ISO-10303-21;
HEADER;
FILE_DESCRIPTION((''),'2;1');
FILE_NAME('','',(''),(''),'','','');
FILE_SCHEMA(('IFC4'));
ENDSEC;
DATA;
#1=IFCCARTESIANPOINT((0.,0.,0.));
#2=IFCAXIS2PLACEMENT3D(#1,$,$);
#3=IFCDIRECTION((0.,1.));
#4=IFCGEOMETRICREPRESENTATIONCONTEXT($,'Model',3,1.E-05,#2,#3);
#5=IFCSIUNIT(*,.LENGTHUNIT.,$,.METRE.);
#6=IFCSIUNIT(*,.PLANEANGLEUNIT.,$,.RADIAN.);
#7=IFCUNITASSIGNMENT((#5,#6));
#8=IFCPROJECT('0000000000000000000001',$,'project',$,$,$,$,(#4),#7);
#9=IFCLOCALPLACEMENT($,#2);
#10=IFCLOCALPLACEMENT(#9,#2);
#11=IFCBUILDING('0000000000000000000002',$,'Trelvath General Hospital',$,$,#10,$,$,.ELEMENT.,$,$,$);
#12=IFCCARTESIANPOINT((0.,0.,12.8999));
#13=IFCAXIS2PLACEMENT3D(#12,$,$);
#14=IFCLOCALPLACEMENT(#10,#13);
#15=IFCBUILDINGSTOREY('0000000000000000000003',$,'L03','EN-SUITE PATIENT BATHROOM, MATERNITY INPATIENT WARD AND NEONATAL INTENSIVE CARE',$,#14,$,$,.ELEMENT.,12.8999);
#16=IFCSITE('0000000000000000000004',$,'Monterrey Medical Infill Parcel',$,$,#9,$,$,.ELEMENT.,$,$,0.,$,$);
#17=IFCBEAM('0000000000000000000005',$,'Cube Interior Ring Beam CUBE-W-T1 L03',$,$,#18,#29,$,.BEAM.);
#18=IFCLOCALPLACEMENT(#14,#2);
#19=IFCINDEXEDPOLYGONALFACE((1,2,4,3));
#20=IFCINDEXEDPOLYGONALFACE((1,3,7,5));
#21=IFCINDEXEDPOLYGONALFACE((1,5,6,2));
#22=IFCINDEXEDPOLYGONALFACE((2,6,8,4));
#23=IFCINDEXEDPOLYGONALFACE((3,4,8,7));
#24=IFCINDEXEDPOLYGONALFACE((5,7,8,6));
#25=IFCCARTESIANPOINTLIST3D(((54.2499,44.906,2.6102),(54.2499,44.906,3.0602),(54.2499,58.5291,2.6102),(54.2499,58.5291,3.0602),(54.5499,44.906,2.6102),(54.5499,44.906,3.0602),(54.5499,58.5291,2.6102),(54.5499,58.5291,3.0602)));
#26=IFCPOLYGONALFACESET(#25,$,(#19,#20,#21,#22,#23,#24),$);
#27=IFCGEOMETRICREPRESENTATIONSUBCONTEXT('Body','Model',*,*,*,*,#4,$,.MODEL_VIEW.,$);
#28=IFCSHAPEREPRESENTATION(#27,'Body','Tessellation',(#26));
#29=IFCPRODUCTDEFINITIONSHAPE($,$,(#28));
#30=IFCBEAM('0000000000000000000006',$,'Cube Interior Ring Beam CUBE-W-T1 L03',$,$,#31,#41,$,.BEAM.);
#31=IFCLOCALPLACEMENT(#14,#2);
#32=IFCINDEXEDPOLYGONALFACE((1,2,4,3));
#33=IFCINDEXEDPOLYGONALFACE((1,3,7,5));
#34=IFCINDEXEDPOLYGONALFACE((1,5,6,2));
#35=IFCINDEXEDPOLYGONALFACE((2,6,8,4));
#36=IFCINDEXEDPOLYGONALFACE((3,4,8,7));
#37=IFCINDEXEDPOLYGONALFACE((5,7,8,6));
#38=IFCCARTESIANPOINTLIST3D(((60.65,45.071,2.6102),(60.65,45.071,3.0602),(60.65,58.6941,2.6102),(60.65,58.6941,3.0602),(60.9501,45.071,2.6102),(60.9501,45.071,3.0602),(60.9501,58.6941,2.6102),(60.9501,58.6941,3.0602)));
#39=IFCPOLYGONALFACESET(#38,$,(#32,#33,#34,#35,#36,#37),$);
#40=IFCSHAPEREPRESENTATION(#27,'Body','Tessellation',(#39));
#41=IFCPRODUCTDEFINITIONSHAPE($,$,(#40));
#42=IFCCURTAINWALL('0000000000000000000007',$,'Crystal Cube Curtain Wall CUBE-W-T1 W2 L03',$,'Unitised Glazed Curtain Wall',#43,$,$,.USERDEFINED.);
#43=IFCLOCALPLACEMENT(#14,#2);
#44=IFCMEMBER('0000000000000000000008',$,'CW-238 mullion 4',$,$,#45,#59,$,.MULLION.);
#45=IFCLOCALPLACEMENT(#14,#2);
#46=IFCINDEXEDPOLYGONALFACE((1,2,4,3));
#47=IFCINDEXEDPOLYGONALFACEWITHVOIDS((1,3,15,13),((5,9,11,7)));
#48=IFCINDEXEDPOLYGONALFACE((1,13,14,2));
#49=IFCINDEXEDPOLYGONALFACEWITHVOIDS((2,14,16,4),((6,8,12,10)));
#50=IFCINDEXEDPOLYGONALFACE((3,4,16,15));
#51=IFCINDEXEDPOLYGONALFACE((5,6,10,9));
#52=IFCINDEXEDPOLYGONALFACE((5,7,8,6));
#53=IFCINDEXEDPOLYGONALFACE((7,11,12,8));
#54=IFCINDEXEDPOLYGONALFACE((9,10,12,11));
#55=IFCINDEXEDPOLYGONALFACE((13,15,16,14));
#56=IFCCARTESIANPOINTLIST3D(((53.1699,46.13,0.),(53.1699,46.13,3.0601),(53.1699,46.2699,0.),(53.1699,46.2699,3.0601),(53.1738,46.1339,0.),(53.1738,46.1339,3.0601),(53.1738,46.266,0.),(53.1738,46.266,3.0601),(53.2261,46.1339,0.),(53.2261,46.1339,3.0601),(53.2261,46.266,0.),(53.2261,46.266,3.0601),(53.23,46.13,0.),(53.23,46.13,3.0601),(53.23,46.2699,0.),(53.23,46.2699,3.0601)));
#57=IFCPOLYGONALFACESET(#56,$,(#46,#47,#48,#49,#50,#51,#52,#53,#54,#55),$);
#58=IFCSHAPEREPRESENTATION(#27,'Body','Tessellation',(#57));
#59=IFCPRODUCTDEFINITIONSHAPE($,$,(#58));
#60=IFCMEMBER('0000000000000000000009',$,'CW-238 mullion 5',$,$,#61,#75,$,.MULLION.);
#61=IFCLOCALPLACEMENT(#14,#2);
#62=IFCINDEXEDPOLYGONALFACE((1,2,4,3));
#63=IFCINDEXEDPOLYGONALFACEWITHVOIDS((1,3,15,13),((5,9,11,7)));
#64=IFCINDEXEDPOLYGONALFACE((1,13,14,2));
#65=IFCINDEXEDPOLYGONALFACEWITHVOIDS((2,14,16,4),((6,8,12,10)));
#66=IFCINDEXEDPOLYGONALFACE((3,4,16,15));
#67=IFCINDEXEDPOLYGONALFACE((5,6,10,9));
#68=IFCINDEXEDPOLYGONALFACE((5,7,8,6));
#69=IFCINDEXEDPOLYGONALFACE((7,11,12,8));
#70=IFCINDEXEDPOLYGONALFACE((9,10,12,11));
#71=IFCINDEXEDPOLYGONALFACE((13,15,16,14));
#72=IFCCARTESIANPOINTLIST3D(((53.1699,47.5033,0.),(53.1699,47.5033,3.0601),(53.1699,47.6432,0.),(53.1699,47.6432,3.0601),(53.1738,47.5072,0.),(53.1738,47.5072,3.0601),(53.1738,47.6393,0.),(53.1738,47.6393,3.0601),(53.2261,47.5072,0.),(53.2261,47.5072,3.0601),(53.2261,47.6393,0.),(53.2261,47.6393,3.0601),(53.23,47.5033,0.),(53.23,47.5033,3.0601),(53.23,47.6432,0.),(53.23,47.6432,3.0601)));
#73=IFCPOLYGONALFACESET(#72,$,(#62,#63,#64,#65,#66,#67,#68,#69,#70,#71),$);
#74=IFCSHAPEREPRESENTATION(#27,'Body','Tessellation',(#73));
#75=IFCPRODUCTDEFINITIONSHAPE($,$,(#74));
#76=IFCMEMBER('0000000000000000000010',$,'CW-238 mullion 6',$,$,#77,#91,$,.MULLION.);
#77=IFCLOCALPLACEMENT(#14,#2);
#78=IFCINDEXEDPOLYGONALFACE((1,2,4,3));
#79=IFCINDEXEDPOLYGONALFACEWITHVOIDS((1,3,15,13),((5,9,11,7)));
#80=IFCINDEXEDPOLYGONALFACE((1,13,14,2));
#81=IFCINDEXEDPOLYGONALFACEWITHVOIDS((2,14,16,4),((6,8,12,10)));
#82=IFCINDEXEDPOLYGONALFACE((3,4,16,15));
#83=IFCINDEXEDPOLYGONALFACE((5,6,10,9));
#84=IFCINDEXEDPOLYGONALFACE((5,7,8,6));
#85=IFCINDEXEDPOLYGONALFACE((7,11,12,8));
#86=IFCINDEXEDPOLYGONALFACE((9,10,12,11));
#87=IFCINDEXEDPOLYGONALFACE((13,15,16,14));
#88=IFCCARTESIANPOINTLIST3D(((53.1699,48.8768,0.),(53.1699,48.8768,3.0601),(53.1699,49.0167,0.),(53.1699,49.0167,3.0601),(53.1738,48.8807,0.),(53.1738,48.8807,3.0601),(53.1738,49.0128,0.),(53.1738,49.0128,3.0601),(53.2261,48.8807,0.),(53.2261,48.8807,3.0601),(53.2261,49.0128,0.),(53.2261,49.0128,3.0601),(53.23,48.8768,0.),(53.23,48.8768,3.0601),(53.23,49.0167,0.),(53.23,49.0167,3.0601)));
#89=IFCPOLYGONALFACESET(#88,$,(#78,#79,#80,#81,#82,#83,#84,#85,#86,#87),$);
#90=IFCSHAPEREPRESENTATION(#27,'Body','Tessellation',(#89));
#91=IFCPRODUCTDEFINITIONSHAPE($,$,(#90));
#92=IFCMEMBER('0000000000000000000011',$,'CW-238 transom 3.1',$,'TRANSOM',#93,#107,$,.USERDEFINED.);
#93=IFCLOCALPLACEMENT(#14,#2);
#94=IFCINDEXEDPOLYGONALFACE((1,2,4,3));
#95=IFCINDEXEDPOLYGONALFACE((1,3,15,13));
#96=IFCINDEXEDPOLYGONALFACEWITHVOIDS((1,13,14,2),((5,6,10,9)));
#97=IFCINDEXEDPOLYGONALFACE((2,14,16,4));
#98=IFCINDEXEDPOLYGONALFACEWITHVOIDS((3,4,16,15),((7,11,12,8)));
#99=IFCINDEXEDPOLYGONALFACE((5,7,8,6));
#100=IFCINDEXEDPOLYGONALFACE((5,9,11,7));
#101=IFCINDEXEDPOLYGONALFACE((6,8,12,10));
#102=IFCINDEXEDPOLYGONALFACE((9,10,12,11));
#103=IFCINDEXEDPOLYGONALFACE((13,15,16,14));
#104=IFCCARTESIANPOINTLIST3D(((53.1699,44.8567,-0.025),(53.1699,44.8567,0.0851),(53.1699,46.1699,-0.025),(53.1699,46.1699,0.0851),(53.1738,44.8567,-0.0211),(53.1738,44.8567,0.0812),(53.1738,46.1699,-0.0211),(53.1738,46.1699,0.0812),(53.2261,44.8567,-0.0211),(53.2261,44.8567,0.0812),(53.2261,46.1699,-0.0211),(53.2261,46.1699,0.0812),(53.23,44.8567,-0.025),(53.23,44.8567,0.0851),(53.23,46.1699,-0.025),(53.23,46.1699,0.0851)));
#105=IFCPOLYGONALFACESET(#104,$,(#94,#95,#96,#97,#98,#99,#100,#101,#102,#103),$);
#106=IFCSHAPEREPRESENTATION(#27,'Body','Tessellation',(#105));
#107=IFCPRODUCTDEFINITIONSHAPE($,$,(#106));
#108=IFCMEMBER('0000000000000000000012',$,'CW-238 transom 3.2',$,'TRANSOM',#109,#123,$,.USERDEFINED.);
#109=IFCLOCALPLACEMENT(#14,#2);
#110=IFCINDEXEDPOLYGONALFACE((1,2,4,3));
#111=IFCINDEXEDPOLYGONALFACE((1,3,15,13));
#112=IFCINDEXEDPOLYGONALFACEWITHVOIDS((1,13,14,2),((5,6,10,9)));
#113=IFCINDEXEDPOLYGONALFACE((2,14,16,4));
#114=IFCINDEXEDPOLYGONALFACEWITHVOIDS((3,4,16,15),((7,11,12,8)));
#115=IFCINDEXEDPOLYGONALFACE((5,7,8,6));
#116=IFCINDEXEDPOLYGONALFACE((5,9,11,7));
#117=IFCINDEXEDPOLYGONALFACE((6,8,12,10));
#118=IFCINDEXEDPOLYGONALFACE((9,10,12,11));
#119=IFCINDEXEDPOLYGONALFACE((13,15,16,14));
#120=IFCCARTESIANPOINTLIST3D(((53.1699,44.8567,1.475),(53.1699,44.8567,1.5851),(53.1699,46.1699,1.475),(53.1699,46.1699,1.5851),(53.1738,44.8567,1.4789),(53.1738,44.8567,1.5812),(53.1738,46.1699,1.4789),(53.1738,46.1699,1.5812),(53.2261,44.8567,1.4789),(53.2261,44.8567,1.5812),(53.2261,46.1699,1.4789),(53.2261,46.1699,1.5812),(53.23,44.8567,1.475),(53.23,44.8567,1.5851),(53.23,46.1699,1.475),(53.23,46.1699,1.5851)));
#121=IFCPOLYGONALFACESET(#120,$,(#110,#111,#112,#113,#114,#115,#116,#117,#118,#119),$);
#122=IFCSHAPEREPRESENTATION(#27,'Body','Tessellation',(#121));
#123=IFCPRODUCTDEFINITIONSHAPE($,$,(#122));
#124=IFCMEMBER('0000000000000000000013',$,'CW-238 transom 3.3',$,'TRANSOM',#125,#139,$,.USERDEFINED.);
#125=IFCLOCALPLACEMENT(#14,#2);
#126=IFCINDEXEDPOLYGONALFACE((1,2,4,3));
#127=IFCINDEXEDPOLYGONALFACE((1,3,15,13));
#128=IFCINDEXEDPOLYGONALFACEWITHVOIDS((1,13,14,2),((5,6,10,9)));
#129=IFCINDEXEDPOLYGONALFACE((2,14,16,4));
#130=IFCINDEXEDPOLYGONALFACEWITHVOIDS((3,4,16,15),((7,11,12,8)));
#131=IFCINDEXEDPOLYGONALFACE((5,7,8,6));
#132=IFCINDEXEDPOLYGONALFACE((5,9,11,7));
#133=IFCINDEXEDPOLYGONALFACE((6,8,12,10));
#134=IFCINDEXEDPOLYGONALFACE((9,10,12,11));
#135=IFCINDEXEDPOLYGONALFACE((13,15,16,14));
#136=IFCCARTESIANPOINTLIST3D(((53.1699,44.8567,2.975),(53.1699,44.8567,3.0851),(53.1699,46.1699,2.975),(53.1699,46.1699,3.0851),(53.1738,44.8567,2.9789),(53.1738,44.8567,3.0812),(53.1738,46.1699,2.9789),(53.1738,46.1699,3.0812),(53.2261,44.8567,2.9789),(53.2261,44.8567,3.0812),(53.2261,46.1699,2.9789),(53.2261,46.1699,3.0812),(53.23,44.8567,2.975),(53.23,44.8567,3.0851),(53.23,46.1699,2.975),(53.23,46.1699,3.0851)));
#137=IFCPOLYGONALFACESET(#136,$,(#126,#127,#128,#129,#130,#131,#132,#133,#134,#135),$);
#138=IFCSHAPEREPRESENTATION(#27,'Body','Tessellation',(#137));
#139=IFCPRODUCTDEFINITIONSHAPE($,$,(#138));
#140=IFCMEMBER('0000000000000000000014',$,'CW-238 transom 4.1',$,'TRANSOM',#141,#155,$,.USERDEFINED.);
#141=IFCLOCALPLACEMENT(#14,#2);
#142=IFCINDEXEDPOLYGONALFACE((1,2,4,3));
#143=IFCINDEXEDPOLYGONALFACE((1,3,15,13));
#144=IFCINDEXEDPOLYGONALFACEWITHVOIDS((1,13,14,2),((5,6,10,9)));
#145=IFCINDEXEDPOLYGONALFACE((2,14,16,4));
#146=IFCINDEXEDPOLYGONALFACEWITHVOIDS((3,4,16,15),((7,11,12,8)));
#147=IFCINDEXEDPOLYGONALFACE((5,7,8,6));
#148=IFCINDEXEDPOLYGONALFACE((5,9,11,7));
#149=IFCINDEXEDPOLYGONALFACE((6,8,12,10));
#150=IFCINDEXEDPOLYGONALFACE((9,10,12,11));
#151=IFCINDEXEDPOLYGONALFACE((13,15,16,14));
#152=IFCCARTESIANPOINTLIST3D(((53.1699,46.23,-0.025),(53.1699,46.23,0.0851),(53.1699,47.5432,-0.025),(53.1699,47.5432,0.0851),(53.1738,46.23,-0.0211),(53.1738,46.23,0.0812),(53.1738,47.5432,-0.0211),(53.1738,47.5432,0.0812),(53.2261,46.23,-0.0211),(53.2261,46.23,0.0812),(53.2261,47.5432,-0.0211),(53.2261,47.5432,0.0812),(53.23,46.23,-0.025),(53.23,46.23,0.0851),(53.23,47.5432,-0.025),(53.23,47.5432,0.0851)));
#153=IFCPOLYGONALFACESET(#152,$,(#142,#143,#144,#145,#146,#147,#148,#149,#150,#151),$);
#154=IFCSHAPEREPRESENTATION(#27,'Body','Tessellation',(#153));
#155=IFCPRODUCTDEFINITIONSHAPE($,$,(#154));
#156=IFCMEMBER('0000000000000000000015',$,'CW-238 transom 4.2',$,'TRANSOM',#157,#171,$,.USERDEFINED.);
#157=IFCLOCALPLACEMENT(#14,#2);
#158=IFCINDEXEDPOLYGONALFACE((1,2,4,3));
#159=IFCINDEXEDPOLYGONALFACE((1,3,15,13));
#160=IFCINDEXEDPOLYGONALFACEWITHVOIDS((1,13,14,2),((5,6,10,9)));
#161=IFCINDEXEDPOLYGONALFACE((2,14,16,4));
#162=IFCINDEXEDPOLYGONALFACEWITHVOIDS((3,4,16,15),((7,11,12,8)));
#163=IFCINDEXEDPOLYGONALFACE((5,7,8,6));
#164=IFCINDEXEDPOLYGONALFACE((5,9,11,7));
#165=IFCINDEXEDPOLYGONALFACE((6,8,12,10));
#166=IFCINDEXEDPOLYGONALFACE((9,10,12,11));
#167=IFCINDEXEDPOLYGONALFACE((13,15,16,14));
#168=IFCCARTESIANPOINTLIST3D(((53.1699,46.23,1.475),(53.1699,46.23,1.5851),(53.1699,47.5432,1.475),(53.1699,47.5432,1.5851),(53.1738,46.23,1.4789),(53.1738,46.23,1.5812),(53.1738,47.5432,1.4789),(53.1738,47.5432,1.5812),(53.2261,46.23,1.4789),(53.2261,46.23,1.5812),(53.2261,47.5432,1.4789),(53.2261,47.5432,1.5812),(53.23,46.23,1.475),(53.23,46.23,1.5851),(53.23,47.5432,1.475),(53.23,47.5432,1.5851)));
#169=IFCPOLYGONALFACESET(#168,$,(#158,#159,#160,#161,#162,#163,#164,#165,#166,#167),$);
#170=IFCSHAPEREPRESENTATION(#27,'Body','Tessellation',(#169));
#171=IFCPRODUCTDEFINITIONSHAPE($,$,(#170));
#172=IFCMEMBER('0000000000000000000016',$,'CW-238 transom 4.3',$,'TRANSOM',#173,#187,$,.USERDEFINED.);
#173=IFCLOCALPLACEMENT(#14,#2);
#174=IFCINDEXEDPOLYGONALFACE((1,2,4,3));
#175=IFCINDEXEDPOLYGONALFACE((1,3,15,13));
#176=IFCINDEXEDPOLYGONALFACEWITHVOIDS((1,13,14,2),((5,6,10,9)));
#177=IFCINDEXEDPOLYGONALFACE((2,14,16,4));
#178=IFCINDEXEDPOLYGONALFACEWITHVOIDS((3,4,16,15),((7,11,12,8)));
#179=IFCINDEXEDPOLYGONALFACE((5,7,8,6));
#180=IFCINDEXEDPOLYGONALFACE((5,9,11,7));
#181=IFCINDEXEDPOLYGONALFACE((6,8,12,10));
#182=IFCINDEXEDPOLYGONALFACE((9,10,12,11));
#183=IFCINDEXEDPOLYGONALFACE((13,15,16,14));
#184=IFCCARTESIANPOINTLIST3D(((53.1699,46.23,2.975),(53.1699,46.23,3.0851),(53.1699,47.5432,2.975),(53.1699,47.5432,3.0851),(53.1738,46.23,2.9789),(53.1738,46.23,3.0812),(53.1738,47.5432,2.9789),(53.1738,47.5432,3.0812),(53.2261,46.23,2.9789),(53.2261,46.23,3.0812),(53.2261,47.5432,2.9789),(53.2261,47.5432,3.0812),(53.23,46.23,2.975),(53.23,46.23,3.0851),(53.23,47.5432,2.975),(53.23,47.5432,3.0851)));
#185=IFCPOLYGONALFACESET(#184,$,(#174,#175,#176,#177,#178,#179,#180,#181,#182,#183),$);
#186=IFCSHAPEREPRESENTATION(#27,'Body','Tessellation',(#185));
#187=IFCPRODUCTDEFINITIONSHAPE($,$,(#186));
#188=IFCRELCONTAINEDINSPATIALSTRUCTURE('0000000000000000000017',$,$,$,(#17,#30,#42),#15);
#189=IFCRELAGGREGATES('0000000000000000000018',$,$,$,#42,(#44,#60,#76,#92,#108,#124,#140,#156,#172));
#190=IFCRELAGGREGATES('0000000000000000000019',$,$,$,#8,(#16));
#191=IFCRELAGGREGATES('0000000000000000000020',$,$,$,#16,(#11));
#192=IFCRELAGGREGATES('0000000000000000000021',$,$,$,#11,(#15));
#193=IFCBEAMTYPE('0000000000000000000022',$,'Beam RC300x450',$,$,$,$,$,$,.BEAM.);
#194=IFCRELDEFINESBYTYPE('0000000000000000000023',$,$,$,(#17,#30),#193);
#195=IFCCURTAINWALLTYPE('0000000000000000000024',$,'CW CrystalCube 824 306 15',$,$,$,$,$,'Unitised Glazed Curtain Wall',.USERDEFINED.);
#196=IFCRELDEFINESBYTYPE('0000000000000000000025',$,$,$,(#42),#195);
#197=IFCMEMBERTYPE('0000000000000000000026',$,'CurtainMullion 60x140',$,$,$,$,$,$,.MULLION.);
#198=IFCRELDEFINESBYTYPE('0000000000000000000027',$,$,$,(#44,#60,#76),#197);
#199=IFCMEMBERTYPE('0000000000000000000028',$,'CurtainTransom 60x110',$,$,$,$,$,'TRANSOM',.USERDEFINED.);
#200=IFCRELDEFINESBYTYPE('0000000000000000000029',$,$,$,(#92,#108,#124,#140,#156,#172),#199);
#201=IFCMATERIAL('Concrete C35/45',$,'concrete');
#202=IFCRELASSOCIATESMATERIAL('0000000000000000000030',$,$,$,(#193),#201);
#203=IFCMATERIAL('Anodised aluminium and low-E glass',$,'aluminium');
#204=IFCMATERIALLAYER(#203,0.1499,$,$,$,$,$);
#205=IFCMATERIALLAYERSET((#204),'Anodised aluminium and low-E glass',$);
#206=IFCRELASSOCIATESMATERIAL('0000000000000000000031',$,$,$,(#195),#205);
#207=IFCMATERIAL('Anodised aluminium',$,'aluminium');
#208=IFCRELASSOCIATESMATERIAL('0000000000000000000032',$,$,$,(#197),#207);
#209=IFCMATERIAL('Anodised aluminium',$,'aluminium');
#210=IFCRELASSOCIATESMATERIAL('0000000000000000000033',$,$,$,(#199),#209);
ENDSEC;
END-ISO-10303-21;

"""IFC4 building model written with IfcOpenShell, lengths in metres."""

from ifc_helpers import new_model, si_unit, direction, frame, origin, origin_2d, place, context, subcontext, project, spatial, rectangle, hollow_rectangle, extrude, material, layer, layer_set, material_profile, profile_set, type_object, element, aggregate, save


model = new_model("IFC4")

# Units and contexts
model_context = context("Model", 3, precision=1e-05, world=origin(), true_north=direction((0.0, 1.0)))
body_context = subcontext(model_context, "Body", "Model", "MODEL_VIEW")
ifc_project = project(units=[si_unit("LENGTHUNIT", "METRE"), si_unit("PLANEANGLEUNIT", "RADIAN")], contexts=[model_context])

# Site, building, storey
site_placement = place(None, origin())
site = spatial("IfcSite", under=ifc_project, at=site_placement, Name="Monterrey Medical Infill Parcel", CompositionType="ELEMENT", RefElevation=0.0)
building_placement = place(site_placement, origin())
building = spatial("IfcBuilding", under=site, at=building_placement, Name="Trelvath General Hospital", CompositionType="ELEMENT")
storey_placement = place(building_placement, frame((0.0, 0.0, 12.8999)))
storey = spatial("IfcBuildingStorey", under=building, at=storey_placement, Name="L03", Description="EN-SUITE PATIENT BATHROOM, MATERNITY INPATIENT WARD AND NEONATAL INTENSIVE CARE", CompositionType="ELEMENT", Elevation=12.8999)

# Beams
ifc_material_1 = material(Name="Concrete C35/45", Category="concrete")
ifc_material_profile_1 = material_profile(ifc_material_1, rectangle(XDim=0.3, YDim=0.45, at=origin_2d()), Name="RCB300x450")
ifc_profile_set_1 = profile_set([ifc_material_profile_1], Name="Concrete C35/45")
beam_type = type_object("IfcBeamType", Name="Beam RC300x450", PredefinedType="BEAM", material=ifc_profile_set_1)
for number, where, z_axis, x_axis, name in (
    (1, (54.3999, 44.906, 2.8352), (0.0, 1.0, 0.0), (-1.0, 0.0, 0.0), "Cube Interior Ring Beam CUBE-W-T1 L03"),
    (2, (60.8, 45.071, 2.8352), (0.0, 1.0, 0.0), (-1.0, 0.0, 0.0), "Cube Interior Ring Beam CUBE-W-T1 L03"),
):
    element("IfcBeam", number, at=place(storey_placement, frame(where, z_axis=z_axis, x_axis=x_axis)), inside=storey, type_object=beam_type, Name=name, PredefinedType="BEAM", context=body_context, shape_type="SweptSolid", body=[
        extrude(rectangle(XDim=0.3, YDim=0.45, at=origin_2d()), origin(), (0.0, 0.0, 1.0), 13.623),
    ])

# Curtain wall, members
ifc_material_2 = material(Name="Anodised aluminium and low-E glass", Category="aluminium")
ifc_layer_1 = layer(ifc_material_2, 0.1499)
ifc_layer_set_1 = layer_set([ifc_layer_1], Name="Anodised aluminium and low-E glass")
curtain_wall_type = type_object("IfcCurtainWallType", Name="CW CrystalCube 824 306 15", ElementType="Unitised Glazed Curtain Wall", PredefinedType="USERDEFINED", material=ifc_layer_set_1)
curtain_wall_placement = place(storey_placement, origin())
curtain_wall = element("IfcCurtainWall", 3, at=curtain_wall_placement, inside=storey, type_object=curtain_wall_type, Name="Crystal Cube Curtain Wall CUBE-W-T1 W2 L03", ObjectType="Unitised Glazed Curtain Wall", PredefinedType="USERDEFINED")
ifc_material_3 = material(Name="Anodised aluminium", Category="aluminium")
ifc_material_profile_2 = material_profile(ifc_material_3, hollow_rectangle(XDim=0.0601, YDim=0.1399, WallThickness=0.0039, at=origin_2d()), Name="RHS60x140x4")
ifc_profile_set_2 = profile_set([ifc_material_profile_2], Name="Anodised aluminium")
member_type_1 = type_object("IfcMemberType", Name="CurtainMullion 60x140", PredefinedType="MULLION", material=ifc_profile_set_2)
member_1_placement = place(storey_placement, frame((53.2, 46.2, 0.0), z_axis=(0.0, 0.0, 1.0), x_axis=(-1.0, 0.0, 0.0)))
member_1 = element("IfcMember", 4, at=member_1_placement, type_object=member_type_1, Name="CW-238 mullion 4", PredefinedType="MULLION", context=body_context, shape_type="SweptSolid", body=[
    extrude(hollow_rectangle(XDim=0.0601, YDim=0.1399, WallThickness=0.0039, at=origin_2d()), origin(), (0.0, 0.0, 1.0), 3.0601),
])
member_2_placement = place(storey_placement, frame((53.2, 47.5732, 0.0), z_axis=(0.0, 0.0, 1.0), x_axis=(-1.0, 0.0, 0.0)))
member_2 = element("IfcMember", 5, at=member_2_placement, type_object=member_type_1, Name="CW-238 mullion 5", PredefinedType="MULLION", context=body_context, shape_type="SweptSolid", body=[
    extrude(hollow_rectangle(XDim=0.0601, YDim=0.1399, WallThickness=0.0039, at=origin_2d()), origin(), (0.0, 0.0, 1.0), 3.0601),
])
member_3_placement = place(storey_placement, frame((53.2, 48.9468, 0.0), z_axis=(0.0, 0.0, 1.0), x_axis=(-1.0, 0.0, 0.0)))
member_3 = element("IfcMember", 6, at=member_3_placement, type_object=member_type_1, Name="CW-238 mullion 6", PredefinedType="MULLION", context=body_context, shape_type="SweptSolid", body=[
    extrude(hollow_rectangle(XDim=0.0601, YDim=0.1399, WallThickness=0.0039, at=origin_2d()), origin(), (0.0, 0.0, 1.0), 3.0601),
])
ifc_material_4 = material(Name="Anodised aluminium", Category="aluminium")
ifc_material_profile_3 = material_profile(ifc_material_4, hollow_rectangle(XDim=0.0601, YDim=0.1101, WallThickness=0.0039, at=origin_2d()), Name="RHS60x110x4")
ifc_profile_set_3 = profile_set([ifc_material_profile_3], Name="Anodised aluminium")
member_type_2 = type_object("IfcMemberType", Name="CurtainTransom 60x110", ElementType="TRANSOM", PredefinedType="USERDEFINED", material=ifc_profile_set_3)
member_4_placement = place(storey_placement, frame((53.2, 44.8567, 0.03), z_axis=(0.0, 1.0, 0.0), x_axis=(-1.0, 0.0, 0.0)))
member_4 = element("IfcMember", 7, at=member_4_placement, type_object=member_type_2, Name="CW-238 transom 3.1", ObjectType="TRANSOM", PredefinedType="USERDEFINED", context=body_context, shape_type="SweptSolid", body=[
    extrude(hollow_rectangle(XDim=0.0601, YDim=0.1101, WallThickness=0.0039, at=origin_2d()), origin(), (0.0, 0.0, 1.0), 1.3132),
])
member_5_placement = place(storey_placement, frame((53.2, 44.8567, 1.53), z_axis=(0.0, 1.0, 0.0), x_axis=(-1.0, 0.0, 0.0)))
member_5 = element("IfcMember", 8, at=member_5_placement, type_object=member_type_2, Name="CW-238 transom 3.2", ObjectType="TRANSOM", PredefinedType="USERDEFINED", context=body_context, shape_type="SweptSolid", body=[
    extrude(hollow_rectangle(XDim=0.0601, YDim=0.1101, WallThickness=0.0039, at=origin_2d()), origin(), (0.0, 0.0, 1.0), 1.3132),
])
member_6_placement = place(storey_placement, frame((53.2, 44.8567, 3.03), z_axis=(0.0, 1.0, 0.0), x_axis=(-1.0, 0.0, 0.0)))
member_6 = element("IfcMember", 9, at=member_6_placement, type_object=member_type_2, Name="CW-238 transom 3.3", ObjectType="TRANSOM", PredefinedType="USERDEFINED", context=body_context, shape_type="SweptSolid", body=[
    extrude(hollow_rectangle(XDim=0.0601, YDim=0.1101, WallThickness=0.0039, at=origin_2d()), origin(), (0.0, 0.0, 1.0), 1.3132),
])
member_7_placement = place(storey_placement, frame((53.2, 46.23, 0.03), z_axis=(0.0, 1.0, 0.0), x_axis=(-1.0, 0.0, 0.0)))
member_7 = element("IfcMember", 10, at=member_7_placement, type_object=member_type_2, Name="CW-238 transom 4.1", ObjectType="TRANSOM", PredefinedType="USERDEFINED", context=body_context, shape_type="SweptSolid", body=[
    extrude(hollow_rectangle(XDim=0.0601, YDim=0.1101, WallThickness=0.0039, at=origin_2d()), origin(), (0.0, 0.0, 1.0), 1.3132),
])
member_8_placement = place(storey_placement, frame((53.2, 46.23, 1.53), z_axis=(0.0, 1.0, 0.0), x_axis=(-1.0, 0.0, 0.0)))
member_8 = element("IfcMember", 11, at=member_8_placement, type_object=member_type_2, Name="CW-238 transom 4.2", ObjectType="TRANSOM", PredefinedType="USERDEFINED", context=body_context, shape_type="SweptSolid", body=[
    extrude(hollow_rectangle(XDim=0.0601, YDim=0.1101, WallThickness=0.0039, at=origin_2d()), origin(), (0.0, 0.0, 1.0), 1.3132),
])
member_9_placement = place(storey_placement, frame((53.2, 46.23, 3.03), z_axis=(0.0, 1.0, 0.0), x_axis=(-1.0, 0.0, 0.0)))
member_9 = element("IfcMember", 12, at=member_9_placement, type_object=member_type_2, Name="CW-238 transom 4.3", ObjectType="TRANSOM", PredefinedType="USERDEFINED", context=body_context, shape_type="SweptSolid", body=[
    extrude(hollow_rectangle(XDim=0.0601, YDim=0.1101, WallThickness=0.0039, at=origin_2d()), origin(), (0.0, 0.0, 1.0), 1.3132),
])
aggregate(curtain_wall, [member_1, member_2, member_3, member_4, member_5, member_6, member_7, member_8, member_9])

save(model, "model.ifc")
